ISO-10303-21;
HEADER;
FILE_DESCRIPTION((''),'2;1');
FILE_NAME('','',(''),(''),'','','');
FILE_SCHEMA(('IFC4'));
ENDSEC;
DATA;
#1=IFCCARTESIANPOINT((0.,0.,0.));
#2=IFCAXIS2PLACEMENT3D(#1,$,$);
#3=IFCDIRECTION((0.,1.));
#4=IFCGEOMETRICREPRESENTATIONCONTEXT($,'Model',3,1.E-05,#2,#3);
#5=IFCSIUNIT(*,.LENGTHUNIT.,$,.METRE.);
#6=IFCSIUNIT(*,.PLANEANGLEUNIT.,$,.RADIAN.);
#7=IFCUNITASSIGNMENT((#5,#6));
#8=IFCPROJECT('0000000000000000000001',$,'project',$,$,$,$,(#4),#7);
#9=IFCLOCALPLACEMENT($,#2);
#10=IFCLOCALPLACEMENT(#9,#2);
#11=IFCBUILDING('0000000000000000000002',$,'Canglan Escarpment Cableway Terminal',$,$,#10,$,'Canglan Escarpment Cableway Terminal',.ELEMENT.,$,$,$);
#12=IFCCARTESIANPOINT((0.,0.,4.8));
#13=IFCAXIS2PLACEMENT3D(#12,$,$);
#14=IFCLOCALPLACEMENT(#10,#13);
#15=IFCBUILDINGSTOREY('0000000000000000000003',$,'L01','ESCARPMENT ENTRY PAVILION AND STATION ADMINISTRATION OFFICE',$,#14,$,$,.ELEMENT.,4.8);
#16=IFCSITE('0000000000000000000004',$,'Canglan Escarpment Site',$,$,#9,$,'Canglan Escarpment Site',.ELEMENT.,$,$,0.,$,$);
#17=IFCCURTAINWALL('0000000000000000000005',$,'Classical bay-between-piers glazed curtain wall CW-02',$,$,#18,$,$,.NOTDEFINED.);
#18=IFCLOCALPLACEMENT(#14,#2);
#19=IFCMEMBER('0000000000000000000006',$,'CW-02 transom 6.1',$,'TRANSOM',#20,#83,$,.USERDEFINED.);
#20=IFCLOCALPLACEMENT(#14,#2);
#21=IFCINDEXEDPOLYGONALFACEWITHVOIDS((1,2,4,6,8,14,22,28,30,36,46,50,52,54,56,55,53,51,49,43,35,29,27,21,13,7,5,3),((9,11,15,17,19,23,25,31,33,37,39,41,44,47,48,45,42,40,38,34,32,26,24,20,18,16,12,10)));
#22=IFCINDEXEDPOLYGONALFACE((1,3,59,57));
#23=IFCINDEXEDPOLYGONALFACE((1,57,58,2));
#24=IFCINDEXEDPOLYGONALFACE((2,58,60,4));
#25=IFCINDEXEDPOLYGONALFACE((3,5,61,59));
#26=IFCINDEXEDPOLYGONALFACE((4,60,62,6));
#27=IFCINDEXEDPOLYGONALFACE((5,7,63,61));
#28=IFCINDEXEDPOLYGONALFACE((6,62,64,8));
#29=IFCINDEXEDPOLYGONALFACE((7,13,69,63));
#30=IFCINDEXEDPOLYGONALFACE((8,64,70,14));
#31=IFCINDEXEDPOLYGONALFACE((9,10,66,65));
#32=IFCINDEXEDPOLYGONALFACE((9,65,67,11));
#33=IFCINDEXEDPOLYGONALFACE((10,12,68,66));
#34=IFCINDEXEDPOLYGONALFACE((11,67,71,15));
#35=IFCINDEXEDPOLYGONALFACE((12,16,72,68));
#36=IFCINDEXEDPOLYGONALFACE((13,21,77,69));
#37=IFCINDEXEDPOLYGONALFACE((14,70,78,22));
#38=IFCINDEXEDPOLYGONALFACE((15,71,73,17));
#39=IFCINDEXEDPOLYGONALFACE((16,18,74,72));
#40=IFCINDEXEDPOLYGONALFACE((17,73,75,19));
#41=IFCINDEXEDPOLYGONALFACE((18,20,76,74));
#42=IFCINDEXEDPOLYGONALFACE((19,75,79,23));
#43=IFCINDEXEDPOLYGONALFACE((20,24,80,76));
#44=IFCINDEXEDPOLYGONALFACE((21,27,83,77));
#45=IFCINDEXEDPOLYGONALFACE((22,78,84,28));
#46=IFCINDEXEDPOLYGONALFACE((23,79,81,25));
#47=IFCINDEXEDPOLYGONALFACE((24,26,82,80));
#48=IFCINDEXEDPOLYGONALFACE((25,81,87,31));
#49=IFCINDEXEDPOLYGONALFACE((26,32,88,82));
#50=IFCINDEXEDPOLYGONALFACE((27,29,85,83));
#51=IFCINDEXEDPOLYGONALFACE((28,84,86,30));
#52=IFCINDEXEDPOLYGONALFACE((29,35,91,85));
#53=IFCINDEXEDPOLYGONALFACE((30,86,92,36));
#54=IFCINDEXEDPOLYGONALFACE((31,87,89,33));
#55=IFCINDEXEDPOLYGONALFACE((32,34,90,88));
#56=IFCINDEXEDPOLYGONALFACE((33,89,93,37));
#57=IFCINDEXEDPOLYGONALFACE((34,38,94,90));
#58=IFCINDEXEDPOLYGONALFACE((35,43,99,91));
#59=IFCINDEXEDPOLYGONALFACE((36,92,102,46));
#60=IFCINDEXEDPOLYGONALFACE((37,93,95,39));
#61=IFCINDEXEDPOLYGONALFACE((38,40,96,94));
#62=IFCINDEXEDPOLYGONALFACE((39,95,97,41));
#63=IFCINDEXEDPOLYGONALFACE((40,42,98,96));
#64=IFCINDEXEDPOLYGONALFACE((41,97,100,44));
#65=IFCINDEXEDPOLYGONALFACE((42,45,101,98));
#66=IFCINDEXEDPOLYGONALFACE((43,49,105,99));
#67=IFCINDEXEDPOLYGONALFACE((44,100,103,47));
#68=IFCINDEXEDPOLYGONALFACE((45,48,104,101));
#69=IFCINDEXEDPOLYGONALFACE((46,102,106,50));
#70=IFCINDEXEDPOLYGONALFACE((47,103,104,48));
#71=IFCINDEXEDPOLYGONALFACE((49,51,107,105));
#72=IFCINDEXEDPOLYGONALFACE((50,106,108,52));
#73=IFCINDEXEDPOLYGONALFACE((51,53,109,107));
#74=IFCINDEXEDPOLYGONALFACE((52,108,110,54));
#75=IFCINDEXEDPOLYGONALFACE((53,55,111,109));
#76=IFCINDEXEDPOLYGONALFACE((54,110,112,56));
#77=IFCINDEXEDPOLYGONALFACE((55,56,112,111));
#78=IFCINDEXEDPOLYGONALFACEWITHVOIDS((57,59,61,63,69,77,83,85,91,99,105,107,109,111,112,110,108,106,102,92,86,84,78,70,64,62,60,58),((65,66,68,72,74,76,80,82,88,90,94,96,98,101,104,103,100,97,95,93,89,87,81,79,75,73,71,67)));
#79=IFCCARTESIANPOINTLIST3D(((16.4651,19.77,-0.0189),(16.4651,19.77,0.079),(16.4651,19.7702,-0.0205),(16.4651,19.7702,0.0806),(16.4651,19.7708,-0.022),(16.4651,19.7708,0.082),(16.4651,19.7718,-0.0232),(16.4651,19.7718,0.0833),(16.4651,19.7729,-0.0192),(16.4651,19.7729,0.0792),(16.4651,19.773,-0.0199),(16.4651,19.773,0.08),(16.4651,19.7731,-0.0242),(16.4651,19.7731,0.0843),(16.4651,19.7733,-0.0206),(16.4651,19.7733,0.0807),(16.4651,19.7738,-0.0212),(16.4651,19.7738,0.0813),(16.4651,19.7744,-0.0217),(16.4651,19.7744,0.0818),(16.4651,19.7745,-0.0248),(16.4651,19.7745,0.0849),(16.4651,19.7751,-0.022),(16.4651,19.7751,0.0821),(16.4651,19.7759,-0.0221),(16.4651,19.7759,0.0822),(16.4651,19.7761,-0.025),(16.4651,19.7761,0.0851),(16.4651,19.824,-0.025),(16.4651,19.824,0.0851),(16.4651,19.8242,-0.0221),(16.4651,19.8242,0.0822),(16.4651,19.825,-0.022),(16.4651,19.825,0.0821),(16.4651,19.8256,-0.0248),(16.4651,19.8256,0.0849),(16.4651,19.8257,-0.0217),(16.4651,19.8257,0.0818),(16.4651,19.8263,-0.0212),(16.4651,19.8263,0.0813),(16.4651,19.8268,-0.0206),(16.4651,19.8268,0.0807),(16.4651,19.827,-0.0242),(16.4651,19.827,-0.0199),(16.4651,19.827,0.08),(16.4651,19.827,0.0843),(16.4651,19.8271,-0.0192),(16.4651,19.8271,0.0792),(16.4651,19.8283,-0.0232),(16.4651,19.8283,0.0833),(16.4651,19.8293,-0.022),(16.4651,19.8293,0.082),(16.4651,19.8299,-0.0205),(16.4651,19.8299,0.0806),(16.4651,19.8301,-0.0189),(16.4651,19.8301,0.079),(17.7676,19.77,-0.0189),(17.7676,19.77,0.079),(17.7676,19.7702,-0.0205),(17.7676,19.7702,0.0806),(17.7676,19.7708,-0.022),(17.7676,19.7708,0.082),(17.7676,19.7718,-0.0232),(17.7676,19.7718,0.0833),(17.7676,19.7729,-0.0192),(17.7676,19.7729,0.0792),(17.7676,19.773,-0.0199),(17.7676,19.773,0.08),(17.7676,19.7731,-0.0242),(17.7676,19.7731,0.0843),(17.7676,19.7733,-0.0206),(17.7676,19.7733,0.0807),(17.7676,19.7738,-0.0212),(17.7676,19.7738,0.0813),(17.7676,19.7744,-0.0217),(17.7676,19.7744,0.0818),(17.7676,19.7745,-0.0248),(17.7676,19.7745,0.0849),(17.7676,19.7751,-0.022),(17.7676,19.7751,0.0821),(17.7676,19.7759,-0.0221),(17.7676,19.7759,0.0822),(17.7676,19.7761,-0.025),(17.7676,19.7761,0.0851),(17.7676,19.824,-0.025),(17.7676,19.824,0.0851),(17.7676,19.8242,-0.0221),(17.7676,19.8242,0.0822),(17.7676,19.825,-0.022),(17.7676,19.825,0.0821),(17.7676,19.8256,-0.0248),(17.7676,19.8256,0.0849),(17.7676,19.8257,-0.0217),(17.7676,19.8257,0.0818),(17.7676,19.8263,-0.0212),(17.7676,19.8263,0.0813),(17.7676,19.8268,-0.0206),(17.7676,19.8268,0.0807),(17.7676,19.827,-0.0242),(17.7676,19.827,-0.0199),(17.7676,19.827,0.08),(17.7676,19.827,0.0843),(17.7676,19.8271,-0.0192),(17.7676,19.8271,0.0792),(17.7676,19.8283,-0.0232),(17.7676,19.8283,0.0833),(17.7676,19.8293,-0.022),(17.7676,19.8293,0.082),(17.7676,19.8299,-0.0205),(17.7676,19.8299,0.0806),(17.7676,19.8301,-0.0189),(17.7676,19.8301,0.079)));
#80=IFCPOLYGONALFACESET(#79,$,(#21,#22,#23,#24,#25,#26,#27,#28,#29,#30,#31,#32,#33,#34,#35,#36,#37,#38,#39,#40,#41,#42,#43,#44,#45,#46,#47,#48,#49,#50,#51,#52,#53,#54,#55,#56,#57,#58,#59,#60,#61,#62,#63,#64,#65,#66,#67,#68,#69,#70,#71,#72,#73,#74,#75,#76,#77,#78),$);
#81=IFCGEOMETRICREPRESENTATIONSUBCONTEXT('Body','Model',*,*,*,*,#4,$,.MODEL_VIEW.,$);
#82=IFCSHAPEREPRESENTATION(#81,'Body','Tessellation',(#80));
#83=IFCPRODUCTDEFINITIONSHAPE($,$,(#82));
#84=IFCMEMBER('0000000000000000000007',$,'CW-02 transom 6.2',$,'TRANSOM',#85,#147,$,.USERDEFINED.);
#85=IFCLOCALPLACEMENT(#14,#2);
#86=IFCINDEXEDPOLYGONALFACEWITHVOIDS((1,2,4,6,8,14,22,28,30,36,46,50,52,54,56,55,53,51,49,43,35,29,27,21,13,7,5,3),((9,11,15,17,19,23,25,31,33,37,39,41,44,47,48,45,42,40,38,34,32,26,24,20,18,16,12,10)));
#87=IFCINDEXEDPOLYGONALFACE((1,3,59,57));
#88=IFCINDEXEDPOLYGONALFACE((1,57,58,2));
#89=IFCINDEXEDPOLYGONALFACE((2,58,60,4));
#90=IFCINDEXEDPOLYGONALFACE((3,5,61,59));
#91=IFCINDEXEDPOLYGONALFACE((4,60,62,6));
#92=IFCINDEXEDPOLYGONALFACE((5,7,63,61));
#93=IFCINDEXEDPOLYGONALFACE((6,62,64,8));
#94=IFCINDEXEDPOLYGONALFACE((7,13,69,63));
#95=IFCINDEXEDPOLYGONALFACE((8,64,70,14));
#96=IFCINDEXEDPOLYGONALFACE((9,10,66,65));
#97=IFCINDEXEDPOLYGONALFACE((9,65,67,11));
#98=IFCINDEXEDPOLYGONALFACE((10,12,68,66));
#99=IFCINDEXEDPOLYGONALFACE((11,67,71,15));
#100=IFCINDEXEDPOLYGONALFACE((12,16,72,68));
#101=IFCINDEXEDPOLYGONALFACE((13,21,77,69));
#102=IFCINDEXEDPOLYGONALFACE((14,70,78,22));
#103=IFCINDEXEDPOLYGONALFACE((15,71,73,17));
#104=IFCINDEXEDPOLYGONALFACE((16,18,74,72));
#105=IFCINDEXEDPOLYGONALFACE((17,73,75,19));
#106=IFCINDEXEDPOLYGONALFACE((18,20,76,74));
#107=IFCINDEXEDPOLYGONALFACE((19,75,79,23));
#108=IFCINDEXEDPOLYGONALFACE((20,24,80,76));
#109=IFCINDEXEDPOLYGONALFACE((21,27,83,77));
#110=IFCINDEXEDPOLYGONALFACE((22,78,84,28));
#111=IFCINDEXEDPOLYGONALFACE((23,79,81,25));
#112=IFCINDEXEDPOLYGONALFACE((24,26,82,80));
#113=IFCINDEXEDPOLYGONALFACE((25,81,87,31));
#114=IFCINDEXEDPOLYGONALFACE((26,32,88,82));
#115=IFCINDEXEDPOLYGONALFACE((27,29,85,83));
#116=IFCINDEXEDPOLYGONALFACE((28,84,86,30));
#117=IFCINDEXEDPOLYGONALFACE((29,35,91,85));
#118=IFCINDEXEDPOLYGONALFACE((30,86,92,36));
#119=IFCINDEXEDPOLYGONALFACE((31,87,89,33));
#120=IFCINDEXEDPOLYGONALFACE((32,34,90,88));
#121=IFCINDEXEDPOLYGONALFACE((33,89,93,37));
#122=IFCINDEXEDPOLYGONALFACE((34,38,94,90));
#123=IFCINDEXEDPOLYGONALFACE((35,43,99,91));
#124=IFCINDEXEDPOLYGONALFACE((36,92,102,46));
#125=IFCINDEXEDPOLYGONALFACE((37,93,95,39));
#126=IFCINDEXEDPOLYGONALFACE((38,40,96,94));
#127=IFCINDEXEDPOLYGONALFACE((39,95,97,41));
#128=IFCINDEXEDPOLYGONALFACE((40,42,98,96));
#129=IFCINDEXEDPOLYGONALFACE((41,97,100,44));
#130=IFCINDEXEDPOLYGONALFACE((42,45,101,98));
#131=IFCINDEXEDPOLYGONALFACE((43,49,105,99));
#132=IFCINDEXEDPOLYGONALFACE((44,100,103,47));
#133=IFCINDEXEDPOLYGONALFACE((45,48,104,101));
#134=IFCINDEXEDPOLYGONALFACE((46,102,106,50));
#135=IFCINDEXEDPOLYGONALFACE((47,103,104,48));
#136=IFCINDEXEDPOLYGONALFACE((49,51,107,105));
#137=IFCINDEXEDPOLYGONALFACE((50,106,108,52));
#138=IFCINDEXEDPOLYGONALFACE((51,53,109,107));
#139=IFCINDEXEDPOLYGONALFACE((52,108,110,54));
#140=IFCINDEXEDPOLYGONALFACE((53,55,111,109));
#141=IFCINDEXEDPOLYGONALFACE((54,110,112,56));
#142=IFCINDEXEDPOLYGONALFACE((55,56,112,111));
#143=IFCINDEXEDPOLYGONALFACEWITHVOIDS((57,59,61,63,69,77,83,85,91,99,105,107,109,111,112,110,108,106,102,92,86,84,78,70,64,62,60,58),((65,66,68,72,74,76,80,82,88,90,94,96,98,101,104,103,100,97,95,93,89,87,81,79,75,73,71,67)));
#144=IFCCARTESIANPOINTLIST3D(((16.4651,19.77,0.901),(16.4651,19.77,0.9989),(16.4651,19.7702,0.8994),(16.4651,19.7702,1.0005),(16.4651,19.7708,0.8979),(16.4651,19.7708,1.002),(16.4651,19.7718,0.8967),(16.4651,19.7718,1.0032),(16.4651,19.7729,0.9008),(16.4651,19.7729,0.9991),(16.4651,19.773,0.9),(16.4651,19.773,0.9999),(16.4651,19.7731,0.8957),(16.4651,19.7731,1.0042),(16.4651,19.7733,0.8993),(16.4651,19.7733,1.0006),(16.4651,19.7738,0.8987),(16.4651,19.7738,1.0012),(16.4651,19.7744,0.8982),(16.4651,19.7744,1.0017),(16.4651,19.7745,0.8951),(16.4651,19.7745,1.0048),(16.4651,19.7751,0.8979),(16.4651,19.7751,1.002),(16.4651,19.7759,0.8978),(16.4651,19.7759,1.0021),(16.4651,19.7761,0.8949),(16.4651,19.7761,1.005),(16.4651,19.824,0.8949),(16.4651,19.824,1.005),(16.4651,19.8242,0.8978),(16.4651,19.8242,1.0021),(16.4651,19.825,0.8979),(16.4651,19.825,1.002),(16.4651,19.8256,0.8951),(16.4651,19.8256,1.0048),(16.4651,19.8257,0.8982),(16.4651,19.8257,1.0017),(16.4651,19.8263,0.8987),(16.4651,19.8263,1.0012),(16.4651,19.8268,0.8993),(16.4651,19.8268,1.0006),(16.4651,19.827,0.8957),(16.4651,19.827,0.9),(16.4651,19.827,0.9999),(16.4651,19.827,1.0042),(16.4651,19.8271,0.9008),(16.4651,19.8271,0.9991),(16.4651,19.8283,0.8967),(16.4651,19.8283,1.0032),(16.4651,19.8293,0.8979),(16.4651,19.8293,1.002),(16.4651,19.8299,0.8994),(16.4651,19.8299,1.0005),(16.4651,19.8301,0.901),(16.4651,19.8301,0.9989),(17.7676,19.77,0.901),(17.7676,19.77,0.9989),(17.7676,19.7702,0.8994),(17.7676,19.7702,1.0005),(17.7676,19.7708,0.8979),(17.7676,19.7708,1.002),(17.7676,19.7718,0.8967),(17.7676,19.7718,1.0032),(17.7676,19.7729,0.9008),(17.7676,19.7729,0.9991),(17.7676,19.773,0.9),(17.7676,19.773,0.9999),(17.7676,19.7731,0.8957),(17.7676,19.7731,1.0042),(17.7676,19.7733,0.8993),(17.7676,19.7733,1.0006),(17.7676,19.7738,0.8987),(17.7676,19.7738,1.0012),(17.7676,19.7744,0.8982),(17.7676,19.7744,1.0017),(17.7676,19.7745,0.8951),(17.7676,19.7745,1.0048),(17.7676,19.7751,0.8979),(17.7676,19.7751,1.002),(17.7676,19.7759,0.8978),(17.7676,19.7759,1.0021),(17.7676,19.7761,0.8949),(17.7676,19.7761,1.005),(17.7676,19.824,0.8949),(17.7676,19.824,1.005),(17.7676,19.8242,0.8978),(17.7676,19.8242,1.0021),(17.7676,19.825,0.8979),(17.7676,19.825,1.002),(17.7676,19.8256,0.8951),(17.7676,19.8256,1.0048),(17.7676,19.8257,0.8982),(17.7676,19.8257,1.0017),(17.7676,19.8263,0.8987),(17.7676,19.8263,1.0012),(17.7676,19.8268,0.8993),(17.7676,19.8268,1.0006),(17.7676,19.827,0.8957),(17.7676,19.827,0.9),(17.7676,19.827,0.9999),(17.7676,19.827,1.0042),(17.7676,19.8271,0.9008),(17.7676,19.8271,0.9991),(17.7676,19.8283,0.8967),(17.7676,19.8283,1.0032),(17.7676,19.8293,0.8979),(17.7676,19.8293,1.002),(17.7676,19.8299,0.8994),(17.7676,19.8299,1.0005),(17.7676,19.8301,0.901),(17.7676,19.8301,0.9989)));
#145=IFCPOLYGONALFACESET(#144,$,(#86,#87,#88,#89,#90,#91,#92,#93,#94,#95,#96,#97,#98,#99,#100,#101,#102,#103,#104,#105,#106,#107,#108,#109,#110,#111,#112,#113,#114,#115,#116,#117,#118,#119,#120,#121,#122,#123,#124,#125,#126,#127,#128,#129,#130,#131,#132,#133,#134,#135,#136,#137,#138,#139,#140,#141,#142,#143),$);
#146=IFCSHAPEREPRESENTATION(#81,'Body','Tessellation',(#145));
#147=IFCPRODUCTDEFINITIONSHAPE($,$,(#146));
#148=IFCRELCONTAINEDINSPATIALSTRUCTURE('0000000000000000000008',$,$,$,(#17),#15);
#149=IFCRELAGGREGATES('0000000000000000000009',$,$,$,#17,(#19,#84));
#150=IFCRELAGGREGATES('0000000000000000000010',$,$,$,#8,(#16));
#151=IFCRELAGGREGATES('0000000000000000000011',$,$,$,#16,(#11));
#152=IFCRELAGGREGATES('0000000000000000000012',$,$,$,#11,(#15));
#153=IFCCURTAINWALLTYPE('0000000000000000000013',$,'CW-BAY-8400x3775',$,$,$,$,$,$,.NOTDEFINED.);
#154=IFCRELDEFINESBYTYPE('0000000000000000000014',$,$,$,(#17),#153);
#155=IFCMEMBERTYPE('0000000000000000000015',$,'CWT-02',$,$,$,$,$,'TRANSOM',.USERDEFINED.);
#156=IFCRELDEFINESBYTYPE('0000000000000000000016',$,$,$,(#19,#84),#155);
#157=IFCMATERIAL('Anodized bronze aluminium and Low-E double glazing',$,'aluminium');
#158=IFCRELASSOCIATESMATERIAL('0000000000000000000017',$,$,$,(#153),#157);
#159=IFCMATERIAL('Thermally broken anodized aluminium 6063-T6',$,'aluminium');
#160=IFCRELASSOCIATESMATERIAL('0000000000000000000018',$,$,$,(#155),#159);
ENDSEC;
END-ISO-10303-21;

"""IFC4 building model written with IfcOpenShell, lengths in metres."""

from ifc_helpers import new_model, si_unit, direction, frame, origin, origin_2d, place, context, subcontext, project, spatial, hollow_rectangle, extrude, material, material_profile, profile_set, type_object, element, aggregate, save


model = new_model("IFC4")

# Units and contexts
model_context = context("Model", 3, precision=1e-05, world=origin(), true_north=direction((0.0, 1.0)))
body_context = subcontext(model_context, "Body", "Model", "MODEL_VIEW")
ifc_project = project(units=[si_unit("LENGTHUNIT", "METRE"), si_unit("PLANEANGLEUNIT", "RADIAN")], contexts=[model_context])

# Site, building, storey
site_placement = place(None, origin())
site = spatial("IfcSite", under=ifc_project, at=site_placement, Name="Canglan Escarpment Site", LongName="Canglan Escarpment Site", CompositionType="ELEMENT", RefElevation=0.0)
building_placement = place(site_placement, origin())
building = spatial("IfcBuilding", under=site, at=building_placement, Name="Canglan Escarpment Cableway Terminal", LongName="Canglan Escarpment Cableway Terminal", CompositionType="ELEMENT")
storey_placement = place(building_placement, frame((0.0, 0.0, 4.8)))
storey = spatial("IfcBuildingStorey", under=building, at=storey_placement, Name="L01", Description="ESCARPMENT ENTRY PAVILION AND STATION ADMINISTRATION OFFICE", CompositionType="ELEMENT", Elevation=4.8)

# Curtain wall, members
ifc_material_1 = material(Name="Anodized bronze aluminium and Low-E double glazing", Category="aluminium")
curtain_wall_type = type_object("IfcCurtainWallType", Name="CW-BAY-8400x3775", PredefinedType="NOTDEFINED", material=ifc_material_1)
curtain_wall_placement = place(storey_placement, origin())
curtain_wall = element("IfcCurtainWall", 1, at=curtain_wall_placement, inside=storey, type_object=curtain_wall_type, Name="Classical bay-between-piers glazed curtain wall CW-02", PredefinedType="NOTDEFINED")
ifc_material_2 = material(Name="Thermally broken anodized aluminium 6063-T6", Category="aluminium")
ifc_material_profile_1 = material_profile(ifc_material_2, hollow_rectangle(XDim=0.0601, YDim=0.1101, WallThickness=0.0029, InnerFilletRadius=0.0029, OuterFilletRadius=0.0061, at=origin_2d()), Name="ALU-TRAN 60x110x3")
ifc_profile_set_1 = profile_set([ifc_material_profile_1], Name="Thermally broken anodized aluminium 6063-T6")
member_type_1 = type_object("IfcMemberType", Name="CWT-02", ElementType="TRANSOM", PredefinedType="USERDEFINED", material=ifc_profile_set_1)
member_1_placement = place(storey_placement, frame((17.7676, 19.8, 0.03), z_axis=(-1.0, 0.0, 0.0), x_axis=(0.0, -1.0, 0.0)))
member_1 = element("IfcMember", 2, at=member_1_placement, type_object=member_type_1, Name="CW-02 transom 6.1", ObjectType="TRANSOM", PredefinedType="USERDEFINED", context=body_context, shape_type="SweptSolid", body=[
    extrude(hollow_rectangle(XDim=0.0601, YDim=0.1101, WallThickness=0.0029, InnerFilletRadius=0.0029, OuterFilletRadius=0.0061, at=origin_2d()), origin(), (0.0, 0.0, 1.0), 1.3025),
])
member_2_placement = place(storey_placement, frame((17.7676, 19.8, 0.95), z_axis=(-1.0, 0.0, 0.0), x_axis=(0.0, -1.0, 0.0)))
member_2 = element("IfcMember", 3, at=member_2_placement, type_object=member_type_1, Name="CW-02 transom 6.2", ObjectType="TRANSOM", PredefinedType="USERDEFINED", context=body_context, shape_type="SweptSolid", body=[
    extrude(hollow_rectangle(XDim=0.0601, YDim=0.1101, WallThickness=0.0029, InnerFilletRadius=0.0029, OuterFilletRadius=0.0061, at=origin_2d()), origin(), (0.0, 0.0, 1.0), 1.3025),
])

aggregate(curtain_wall, [member_1, member_2])

save(model, "model.ifc")
